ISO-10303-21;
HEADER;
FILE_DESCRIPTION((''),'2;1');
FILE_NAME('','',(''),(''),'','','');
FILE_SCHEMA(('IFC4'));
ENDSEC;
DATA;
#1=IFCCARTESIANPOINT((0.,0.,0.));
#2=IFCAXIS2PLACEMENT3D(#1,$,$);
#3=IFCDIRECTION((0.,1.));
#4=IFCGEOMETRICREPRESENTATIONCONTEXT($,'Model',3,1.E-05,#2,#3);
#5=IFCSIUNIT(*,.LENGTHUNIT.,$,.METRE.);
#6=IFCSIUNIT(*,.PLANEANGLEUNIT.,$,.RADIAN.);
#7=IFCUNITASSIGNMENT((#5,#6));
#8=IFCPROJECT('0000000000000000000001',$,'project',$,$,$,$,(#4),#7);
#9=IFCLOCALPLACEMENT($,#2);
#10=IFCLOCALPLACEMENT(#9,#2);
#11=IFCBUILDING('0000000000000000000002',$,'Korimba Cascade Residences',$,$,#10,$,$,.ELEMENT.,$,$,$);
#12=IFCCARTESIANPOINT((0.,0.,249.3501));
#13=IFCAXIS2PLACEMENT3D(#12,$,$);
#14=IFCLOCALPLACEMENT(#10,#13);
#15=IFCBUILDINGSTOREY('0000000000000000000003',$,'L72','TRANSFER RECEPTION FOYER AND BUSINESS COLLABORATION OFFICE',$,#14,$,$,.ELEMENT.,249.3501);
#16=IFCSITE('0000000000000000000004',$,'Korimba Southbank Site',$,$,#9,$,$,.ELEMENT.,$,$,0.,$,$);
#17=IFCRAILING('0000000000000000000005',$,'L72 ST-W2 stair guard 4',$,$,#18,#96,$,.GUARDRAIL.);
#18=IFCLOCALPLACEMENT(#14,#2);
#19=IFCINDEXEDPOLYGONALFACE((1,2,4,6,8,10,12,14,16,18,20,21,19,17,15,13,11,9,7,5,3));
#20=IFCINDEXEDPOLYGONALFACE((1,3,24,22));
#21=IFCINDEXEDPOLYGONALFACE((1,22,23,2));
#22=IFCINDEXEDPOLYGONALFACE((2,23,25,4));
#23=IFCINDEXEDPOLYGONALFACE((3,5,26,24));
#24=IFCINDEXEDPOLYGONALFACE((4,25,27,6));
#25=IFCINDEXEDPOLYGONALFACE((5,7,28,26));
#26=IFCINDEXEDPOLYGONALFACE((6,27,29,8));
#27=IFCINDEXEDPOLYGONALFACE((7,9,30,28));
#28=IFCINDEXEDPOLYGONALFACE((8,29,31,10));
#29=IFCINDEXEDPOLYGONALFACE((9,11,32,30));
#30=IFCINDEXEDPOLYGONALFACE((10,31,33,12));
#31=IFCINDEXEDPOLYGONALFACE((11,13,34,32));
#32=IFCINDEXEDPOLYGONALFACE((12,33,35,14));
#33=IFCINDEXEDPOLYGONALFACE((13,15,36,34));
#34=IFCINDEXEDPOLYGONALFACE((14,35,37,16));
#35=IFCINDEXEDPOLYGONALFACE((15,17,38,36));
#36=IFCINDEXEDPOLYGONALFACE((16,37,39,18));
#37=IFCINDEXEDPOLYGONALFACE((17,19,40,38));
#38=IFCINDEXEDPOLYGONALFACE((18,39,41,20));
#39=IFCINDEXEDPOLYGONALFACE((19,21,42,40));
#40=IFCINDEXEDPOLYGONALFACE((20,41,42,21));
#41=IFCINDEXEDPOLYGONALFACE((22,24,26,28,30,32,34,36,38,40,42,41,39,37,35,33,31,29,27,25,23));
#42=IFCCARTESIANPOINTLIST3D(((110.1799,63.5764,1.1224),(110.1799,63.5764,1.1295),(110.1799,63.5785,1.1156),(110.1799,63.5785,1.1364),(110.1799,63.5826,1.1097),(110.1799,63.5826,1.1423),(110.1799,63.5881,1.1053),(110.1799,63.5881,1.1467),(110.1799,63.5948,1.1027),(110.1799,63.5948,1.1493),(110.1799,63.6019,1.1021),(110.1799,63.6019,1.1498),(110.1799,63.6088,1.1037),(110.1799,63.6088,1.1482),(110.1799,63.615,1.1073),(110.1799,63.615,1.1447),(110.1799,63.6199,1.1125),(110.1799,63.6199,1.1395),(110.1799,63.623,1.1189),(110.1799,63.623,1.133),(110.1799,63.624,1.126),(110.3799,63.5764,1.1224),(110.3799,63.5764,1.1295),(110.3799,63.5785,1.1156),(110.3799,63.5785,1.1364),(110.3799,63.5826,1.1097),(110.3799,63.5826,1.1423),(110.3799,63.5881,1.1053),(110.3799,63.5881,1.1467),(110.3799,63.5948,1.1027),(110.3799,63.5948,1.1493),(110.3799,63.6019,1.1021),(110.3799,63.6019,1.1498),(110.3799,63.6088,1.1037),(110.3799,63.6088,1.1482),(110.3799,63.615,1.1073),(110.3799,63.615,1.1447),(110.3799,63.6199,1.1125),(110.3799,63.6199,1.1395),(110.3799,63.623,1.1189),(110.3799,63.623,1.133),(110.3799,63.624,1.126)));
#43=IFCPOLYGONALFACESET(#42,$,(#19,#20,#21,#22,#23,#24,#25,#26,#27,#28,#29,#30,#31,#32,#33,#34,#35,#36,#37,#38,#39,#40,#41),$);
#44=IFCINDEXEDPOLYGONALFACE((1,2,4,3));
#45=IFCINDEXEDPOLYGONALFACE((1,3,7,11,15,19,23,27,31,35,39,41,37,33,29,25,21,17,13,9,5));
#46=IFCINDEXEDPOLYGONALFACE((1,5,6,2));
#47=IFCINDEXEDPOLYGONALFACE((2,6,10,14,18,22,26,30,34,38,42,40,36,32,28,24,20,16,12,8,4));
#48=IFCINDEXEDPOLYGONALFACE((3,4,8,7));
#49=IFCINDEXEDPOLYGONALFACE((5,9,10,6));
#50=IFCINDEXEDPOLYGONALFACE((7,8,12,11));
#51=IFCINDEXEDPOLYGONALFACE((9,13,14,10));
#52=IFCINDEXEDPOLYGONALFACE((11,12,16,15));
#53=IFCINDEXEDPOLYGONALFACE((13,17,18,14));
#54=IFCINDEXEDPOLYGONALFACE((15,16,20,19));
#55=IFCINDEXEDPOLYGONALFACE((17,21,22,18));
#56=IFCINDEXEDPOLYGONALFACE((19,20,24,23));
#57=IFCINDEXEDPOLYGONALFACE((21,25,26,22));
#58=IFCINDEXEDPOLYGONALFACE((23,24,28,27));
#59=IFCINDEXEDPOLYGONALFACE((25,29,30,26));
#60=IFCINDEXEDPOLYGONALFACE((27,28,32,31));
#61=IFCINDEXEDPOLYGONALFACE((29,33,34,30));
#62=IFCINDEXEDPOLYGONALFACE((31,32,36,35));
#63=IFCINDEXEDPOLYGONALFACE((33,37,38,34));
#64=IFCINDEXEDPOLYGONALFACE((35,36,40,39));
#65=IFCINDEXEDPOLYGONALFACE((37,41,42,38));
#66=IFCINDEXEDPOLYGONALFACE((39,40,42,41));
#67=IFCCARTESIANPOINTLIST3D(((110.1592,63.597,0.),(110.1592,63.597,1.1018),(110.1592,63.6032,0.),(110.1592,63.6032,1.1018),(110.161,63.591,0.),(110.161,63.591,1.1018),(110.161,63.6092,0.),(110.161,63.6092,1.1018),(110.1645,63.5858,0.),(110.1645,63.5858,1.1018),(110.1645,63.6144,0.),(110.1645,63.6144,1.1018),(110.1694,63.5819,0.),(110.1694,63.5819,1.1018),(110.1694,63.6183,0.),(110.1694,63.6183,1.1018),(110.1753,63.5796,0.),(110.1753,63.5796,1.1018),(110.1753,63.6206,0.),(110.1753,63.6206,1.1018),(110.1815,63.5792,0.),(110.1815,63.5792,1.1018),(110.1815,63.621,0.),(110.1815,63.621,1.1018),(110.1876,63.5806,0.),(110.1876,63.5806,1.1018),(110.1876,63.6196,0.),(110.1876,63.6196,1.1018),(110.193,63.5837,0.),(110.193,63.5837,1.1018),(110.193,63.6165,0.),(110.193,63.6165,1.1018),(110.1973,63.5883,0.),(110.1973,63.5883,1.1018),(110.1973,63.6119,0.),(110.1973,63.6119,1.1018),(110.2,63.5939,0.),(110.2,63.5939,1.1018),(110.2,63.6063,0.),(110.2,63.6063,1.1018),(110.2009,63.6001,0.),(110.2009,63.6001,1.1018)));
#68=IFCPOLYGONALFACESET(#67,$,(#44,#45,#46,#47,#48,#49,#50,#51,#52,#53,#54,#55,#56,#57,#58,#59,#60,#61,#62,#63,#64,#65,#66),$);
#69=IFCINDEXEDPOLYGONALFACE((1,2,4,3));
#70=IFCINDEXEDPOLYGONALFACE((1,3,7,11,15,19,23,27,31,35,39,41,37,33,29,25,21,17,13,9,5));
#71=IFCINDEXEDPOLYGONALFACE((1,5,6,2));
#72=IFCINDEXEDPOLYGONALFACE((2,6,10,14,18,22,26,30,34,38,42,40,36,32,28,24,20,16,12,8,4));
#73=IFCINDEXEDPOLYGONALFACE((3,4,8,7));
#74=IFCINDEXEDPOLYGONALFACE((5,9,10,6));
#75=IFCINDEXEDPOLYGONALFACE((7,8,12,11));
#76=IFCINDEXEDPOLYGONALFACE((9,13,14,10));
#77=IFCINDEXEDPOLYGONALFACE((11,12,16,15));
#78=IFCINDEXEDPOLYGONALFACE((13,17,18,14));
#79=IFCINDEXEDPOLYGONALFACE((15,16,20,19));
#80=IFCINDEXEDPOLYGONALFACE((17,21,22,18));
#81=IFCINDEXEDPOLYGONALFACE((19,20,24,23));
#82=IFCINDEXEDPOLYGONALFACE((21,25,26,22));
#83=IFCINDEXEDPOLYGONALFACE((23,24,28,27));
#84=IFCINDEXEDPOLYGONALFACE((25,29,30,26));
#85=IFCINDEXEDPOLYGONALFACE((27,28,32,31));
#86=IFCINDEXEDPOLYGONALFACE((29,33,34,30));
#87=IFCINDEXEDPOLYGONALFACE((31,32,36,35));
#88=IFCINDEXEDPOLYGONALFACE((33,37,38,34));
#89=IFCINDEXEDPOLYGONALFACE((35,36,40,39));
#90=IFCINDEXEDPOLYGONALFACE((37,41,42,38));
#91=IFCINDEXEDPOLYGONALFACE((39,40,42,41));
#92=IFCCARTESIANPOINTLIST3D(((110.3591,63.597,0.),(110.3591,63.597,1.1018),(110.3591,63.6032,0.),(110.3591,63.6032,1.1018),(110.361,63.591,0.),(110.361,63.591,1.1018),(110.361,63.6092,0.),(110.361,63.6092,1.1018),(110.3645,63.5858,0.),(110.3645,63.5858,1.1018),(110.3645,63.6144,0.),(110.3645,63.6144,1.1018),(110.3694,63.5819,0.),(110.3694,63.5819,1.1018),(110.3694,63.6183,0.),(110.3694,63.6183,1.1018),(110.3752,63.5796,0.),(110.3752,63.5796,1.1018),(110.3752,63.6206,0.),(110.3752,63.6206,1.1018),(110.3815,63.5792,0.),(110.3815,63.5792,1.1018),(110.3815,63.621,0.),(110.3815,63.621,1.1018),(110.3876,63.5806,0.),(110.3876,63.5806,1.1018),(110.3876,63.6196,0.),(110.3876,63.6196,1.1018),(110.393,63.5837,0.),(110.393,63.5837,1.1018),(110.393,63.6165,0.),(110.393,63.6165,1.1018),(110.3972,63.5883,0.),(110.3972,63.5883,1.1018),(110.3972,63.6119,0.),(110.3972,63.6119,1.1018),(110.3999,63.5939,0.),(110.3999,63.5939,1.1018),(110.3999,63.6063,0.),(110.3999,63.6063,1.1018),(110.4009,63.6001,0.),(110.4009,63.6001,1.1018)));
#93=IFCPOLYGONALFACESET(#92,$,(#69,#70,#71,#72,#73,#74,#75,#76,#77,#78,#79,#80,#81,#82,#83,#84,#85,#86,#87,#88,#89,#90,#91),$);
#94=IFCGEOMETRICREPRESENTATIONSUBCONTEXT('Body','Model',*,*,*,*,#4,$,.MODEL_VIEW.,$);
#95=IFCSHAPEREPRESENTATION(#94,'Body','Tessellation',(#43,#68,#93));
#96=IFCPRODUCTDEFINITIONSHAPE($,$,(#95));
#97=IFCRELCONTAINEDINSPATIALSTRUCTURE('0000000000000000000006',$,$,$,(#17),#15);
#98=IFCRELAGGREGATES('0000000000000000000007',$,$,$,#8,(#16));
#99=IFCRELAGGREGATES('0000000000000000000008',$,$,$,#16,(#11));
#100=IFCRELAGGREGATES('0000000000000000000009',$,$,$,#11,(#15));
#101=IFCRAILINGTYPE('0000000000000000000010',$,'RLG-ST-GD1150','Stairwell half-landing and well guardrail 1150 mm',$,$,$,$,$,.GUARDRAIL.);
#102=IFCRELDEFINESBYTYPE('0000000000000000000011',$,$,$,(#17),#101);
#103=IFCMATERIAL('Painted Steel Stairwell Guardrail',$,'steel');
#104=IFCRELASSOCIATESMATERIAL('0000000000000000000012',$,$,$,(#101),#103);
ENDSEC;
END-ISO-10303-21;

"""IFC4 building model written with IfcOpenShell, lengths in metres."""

from ifc_helpers import new_model, si_unit, direction, frame, origin, origin_2d, place, context, subcontext, project, spatial, circle, extrude, material, type_object, element, save


model = new_model("IFC4")

# Units and contexts
model_context = context("Model", 3, precision=1e-05, world=origin(), true_north=direction((0.0, 1.0)))
body_context = subcontext(model_context, "Body", "Model", "MODEL_VIEW")
ifc_project = project(units=[si_unit("LENGTHUNIT", "METRE"), si_unit("PLANEANGLEUNIT", "RADIAN")], contexts=[model_context])

# Site, building, storey
site_placement = place(None, origin())
site = spatial("IfcSite", under=ifc_project, at=site_placement, Name="Korimba Southbank Site", CompositionType="ELEMENT", RefElevation=0.0)
building_placement = place(site_placement, origin())
building = spatial("IfcBuilding", under=site, at=building_placement, Name="Korimba Cascade Residences", CompositionType="ELEMENT")
storey_placement = place(building_placement, frame((0.0, 0.0, 249.3501)))
storey = spatial("IfcBuildingStorey", under=building, at=storey_placement, Name="L72", Description="TRANSFER RECEPTION FOYER AND BUSINESS COLLABORATION OFFICE", CompositionType="ELEMENT", Elevation=249.3501)

# Railing
ifc_material_1 = material(Name="Painted Steel Stairwell Guardrail", Category="steel")
railing_type_1 = type_object("IfcRailingType", Name="RLG-ST-GD1150", Description="Stairwell half-landing and well guardrail 1150 mm", PredefinedType="GUARDRAIL", material=ifc_material_1)
railing_1_placement = place(storey_placement, frame((110.1799, 63.6001, 0.0)))
element("IfcRailing", 1, at=railing_1_placement, inside=storey, type_object=railing_type_1, Name="L72 ST-W2 stair guard 4", PredefinedType="GUARDRAIL", context=body_context, shape_type="SweptSolid", body=[
    extrude(circle(Radius=0.0239, at=origin_2d()), frame((0.0, 0.0, 1.126), z_axis=(1.0, 0.0, 0.0), x_axis=(0.0, 1.0, 0.0)), (0.0, 0.0, 1.0), 0.2),
    extrude(circle(Radius=0.021, at=origin_2d()), origin(), (0.0, 0.0, 1.0), 1.1018),
    extrude(circle(Radius=0.021, at=origin_2d()), frame((0.2, 0.0, 0.0)), (0.0, 0.0, 1.0), 1.1018),
])

save(model, "model.ifc")
